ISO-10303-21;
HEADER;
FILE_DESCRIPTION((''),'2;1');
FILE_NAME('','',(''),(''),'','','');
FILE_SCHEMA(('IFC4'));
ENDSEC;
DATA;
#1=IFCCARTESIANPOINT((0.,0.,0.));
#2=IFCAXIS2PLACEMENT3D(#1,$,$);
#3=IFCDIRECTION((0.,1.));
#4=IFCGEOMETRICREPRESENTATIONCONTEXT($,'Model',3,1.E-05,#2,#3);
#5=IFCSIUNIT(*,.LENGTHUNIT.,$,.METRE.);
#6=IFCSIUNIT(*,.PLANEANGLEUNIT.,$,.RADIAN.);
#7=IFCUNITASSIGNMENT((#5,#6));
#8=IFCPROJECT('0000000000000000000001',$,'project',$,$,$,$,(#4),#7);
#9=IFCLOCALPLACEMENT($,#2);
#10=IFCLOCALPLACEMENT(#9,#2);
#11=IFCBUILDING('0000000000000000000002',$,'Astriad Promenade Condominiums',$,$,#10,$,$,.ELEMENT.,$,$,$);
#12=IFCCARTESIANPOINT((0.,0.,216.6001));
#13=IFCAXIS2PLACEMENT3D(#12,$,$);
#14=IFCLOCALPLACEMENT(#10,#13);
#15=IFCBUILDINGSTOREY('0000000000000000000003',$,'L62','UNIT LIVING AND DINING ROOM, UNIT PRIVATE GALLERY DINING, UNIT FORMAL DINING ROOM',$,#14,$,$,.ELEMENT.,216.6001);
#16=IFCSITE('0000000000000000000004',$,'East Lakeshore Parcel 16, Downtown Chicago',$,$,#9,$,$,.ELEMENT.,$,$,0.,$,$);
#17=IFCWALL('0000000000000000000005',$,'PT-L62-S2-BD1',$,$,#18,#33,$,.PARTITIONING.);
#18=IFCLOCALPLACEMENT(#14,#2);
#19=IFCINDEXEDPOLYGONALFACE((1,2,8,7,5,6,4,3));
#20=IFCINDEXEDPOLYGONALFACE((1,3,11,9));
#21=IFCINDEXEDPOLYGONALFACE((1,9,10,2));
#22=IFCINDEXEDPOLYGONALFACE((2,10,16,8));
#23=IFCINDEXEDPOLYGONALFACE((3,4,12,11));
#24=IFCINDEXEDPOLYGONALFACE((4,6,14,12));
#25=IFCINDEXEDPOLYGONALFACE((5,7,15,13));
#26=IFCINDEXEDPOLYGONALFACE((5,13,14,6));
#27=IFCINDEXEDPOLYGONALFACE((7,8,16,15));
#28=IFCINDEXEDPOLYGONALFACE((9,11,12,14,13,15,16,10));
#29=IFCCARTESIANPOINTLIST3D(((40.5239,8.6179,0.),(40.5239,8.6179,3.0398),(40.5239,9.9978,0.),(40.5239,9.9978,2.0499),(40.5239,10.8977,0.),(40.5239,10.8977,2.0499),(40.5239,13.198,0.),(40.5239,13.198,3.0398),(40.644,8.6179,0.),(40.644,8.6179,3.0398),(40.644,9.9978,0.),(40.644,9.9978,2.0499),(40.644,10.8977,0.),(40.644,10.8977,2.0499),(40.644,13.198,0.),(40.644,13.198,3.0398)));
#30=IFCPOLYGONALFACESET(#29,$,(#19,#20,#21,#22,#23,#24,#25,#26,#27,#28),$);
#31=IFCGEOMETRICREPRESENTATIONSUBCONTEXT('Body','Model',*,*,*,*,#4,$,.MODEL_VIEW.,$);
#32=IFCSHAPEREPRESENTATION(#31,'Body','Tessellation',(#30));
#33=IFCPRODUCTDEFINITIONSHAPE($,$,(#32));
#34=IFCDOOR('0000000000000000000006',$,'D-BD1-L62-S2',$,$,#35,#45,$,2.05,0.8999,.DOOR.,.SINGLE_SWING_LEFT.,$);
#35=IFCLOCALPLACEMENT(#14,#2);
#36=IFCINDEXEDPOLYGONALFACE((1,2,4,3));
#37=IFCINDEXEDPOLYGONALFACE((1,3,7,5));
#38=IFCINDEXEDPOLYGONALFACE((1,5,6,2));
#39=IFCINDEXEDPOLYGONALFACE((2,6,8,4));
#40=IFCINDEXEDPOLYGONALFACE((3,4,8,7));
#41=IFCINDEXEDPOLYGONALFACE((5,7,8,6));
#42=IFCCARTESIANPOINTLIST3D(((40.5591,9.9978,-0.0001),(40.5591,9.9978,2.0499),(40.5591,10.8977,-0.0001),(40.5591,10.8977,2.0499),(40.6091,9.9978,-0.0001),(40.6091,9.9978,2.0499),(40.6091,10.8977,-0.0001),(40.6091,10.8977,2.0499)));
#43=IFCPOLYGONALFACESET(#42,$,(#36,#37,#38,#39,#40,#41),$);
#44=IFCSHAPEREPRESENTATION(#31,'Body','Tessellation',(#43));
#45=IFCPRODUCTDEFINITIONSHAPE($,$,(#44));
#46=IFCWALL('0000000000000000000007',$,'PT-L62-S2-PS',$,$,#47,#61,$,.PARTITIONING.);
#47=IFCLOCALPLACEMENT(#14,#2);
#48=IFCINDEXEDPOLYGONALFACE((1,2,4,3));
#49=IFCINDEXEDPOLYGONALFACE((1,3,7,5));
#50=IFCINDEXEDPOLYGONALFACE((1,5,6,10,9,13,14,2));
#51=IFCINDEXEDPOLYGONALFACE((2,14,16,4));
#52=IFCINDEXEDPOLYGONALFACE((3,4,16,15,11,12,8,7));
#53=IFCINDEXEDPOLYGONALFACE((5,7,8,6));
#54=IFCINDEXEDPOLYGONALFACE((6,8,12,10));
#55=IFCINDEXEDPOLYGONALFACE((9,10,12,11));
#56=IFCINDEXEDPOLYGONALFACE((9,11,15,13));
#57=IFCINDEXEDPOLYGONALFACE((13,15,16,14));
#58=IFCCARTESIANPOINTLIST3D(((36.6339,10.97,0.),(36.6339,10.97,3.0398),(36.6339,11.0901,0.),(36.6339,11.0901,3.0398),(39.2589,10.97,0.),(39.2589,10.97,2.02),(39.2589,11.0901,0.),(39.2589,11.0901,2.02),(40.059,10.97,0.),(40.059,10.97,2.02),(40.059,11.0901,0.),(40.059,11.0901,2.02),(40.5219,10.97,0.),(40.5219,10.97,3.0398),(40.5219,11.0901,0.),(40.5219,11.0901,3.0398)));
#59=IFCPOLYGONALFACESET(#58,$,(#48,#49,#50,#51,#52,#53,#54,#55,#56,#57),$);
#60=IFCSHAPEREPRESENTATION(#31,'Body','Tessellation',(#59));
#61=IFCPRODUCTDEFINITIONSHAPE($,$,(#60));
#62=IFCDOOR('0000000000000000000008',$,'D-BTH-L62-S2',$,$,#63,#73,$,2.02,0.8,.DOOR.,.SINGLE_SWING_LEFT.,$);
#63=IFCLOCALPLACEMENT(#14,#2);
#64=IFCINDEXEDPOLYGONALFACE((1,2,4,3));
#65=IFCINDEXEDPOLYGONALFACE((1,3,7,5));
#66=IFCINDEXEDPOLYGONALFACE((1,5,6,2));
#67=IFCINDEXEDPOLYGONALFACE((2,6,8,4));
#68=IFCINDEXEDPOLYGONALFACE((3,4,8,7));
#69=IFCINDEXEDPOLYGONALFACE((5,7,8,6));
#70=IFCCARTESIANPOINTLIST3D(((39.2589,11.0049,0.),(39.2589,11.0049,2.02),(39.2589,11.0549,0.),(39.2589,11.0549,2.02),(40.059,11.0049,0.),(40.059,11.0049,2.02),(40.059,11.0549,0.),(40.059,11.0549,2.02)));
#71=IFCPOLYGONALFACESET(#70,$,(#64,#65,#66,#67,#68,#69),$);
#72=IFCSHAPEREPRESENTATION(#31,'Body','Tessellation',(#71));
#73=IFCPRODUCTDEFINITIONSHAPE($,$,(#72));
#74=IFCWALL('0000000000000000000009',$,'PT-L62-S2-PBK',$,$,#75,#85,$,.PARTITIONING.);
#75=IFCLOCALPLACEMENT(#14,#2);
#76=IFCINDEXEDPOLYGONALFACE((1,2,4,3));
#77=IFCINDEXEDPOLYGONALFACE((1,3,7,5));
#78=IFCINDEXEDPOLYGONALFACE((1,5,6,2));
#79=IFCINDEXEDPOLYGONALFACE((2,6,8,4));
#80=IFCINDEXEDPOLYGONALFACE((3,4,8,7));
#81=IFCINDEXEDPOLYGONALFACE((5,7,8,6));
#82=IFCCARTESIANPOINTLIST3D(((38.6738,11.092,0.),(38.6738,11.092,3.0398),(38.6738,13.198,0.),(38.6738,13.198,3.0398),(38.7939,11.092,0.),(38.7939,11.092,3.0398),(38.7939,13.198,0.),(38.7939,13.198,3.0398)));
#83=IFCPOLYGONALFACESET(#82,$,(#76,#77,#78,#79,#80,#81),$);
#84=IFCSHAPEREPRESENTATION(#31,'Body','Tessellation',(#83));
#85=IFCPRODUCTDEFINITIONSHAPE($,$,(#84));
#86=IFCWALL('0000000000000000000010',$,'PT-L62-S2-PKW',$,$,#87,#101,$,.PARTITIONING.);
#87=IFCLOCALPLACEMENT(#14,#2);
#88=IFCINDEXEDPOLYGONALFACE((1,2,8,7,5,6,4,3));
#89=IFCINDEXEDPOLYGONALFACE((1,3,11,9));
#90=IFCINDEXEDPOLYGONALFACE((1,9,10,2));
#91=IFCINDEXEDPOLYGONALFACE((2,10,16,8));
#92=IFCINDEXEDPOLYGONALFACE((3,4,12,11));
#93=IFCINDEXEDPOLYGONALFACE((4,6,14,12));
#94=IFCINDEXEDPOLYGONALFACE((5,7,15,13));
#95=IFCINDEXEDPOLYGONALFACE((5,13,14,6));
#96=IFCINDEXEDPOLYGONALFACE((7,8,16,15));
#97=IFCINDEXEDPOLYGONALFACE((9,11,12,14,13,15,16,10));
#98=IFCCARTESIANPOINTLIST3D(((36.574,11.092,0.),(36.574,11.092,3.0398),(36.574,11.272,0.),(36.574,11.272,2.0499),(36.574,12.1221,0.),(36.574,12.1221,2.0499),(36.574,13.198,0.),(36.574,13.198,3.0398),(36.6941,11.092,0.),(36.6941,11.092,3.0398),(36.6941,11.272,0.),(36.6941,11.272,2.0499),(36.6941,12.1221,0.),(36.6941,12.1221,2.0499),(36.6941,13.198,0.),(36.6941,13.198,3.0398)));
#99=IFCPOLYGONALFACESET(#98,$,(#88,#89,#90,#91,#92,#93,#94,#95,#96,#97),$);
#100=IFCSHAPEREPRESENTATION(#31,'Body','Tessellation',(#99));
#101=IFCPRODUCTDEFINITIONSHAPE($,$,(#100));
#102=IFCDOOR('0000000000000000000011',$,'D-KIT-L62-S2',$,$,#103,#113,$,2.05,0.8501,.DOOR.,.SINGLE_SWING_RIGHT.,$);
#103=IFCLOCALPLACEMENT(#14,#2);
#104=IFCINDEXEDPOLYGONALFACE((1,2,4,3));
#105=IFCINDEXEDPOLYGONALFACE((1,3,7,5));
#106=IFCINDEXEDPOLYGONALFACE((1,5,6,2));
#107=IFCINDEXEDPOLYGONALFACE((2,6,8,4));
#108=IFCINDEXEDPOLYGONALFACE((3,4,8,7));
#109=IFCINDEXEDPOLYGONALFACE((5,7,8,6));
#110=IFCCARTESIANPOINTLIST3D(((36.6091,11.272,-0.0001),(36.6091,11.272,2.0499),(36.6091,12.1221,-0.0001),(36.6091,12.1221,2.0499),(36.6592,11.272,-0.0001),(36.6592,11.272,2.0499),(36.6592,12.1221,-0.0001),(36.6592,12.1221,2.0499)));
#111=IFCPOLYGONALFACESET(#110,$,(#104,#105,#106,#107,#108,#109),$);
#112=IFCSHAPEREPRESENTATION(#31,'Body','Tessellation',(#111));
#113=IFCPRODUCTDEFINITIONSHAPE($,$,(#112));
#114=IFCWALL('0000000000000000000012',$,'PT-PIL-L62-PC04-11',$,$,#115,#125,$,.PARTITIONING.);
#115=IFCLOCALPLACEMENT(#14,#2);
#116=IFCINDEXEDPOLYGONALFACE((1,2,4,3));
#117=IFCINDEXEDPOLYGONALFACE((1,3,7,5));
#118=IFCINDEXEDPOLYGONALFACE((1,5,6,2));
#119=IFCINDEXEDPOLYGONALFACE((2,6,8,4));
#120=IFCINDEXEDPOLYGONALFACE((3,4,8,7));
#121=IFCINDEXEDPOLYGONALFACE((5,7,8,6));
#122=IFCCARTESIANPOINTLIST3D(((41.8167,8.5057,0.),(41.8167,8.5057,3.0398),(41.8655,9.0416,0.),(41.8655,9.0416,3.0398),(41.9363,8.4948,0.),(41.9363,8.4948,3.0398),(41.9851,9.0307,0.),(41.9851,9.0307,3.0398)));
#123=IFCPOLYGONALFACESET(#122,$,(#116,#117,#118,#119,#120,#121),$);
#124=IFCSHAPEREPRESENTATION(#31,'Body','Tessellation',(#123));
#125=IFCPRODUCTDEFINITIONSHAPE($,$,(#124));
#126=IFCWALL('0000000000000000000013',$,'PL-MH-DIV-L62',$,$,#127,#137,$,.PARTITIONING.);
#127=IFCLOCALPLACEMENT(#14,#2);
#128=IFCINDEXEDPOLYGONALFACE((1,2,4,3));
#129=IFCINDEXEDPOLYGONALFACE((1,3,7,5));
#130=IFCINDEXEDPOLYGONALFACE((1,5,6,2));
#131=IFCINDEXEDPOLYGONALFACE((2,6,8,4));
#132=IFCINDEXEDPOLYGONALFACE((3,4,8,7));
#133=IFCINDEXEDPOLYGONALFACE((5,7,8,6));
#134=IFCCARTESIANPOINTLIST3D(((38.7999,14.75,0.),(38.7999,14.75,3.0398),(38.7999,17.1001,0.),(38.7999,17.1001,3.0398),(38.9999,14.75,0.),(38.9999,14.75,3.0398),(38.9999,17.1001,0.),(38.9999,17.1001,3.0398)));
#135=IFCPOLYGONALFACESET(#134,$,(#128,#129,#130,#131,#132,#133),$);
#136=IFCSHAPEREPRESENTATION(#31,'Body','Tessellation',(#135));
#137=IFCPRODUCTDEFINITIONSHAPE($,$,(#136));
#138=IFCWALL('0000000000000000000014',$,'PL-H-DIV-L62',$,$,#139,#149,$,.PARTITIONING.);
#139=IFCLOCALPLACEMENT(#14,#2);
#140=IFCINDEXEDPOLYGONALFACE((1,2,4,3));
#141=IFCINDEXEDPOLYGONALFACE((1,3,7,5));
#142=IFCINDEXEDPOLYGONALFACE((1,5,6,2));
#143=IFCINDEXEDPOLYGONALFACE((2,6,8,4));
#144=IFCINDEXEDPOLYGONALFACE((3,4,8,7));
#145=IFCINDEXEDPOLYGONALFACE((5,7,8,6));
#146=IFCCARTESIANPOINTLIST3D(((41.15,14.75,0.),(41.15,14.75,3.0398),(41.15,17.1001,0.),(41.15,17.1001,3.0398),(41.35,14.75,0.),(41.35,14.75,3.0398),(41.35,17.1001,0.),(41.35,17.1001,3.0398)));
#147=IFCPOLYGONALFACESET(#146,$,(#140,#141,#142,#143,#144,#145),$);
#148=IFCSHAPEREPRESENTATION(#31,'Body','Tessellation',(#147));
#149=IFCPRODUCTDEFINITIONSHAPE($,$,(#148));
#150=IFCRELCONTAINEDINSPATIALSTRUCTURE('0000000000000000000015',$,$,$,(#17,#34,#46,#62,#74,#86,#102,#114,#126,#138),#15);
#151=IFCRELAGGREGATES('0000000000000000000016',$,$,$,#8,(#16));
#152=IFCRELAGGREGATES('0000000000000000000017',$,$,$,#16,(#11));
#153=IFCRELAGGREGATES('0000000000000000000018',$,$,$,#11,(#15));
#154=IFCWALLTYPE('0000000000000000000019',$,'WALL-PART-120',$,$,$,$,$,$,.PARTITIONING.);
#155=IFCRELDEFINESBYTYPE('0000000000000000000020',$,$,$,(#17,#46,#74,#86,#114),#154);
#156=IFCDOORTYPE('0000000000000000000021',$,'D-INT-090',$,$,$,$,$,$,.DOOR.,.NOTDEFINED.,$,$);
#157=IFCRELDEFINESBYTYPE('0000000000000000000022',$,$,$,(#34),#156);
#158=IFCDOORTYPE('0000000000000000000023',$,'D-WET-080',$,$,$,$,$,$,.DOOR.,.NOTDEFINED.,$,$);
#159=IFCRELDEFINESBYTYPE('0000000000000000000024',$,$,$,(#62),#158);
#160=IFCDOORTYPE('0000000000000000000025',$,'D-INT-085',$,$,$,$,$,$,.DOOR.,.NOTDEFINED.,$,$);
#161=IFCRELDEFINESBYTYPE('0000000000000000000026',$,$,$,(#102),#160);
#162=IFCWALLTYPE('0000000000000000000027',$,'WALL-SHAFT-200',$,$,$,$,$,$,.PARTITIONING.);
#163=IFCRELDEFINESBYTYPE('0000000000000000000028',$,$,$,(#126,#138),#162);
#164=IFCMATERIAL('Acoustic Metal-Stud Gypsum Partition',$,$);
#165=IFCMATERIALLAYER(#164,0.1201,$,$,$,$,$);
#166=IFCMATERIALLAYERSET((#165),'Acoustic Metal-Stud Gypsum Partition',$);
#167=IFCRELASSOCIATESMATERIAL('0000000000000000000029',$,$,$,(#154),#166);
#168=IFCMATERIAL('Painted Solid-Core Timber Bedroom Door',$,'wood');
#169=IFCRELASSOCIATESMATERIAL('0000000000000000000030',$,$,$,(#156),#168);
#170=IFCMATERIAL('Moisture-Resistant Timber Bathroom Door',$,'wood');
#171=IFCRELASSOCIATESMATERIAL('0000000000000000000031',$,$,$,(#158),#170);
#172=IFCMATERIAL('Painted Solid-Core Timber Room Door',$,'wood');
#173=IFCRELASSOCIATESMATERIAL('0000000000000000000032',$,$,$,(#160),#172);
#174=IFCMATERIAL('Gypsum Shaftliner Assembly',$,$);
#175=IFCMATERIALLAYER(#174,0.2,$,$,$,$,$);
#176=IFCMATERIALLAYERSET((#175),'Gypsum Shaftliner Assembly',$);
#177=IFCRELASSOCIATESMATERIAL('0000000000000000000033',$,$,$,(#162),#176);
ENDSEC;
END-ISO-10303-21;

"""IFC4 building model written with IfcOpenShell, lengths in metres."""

from ifc_helpers import new_model, si_unit, direction, frame, frame_2d, origin, place, context, subcontext, project, spatial, rectangle, extrude, source, transform, mapped, material, layer, layer_set, type_object, type_shapes, element, fill, save


model = new_model("IFC4")

# Units and contexts
model_context = context("Model", 3, precision=1e-05, world=origin(), true_north=direction((0.0, 1.0)))
body_context = subcontext(model_context, "Body", "Model", "MODEL_VIEW")
ifc_project = project(units=[si_unit("LENGTHUNIT", "METRE"), si_unit("PLANEANGLEUNIT", "RADIAN")], contexts=[model_context])

# Site, building, storey
site_placement = place(None, origin())
site = spatial("IfcSite", under=ifc_project, at=site_placement, Name="East Lakeshore Parcel 16, Downtown Chicago", CompositionType="ELEMENT", RefElevation=0.0)
building_placement = place(site_placement, origin())
building = spatial("IfcBuilding", under=site, at=building_placement, Name="Astriad Promenade Condominiums", CompositionType="ELEMENT")
storey_placement = place(building_placement, frame((0.0, 0.0, 216.6001)))
storey = spatial("IfcBuildingStorey", under=building, at=storey_placement, Name="L62", Description="UNIT LIVING AND DINING ROOM, UNIT PRIVATE GALLERY DINING, UNIT FORMAL DINING ROOM", CompositionType="ELEMENT", Elevation=216.6001)

# Walls, openings, doors
ifc_material_1 = material(Name="Acoustic Metal-Stud Gypsum Partition")
ifc_layer_1 = layer(ifc_material_1, 0.1201)
ifc_layer_set_1 = layer_set([ifc_layer_1], Name="Acoustic Metal-Stud Gypsum Partition")
wall_type_1 = type_object("IfcWallType", Name="WALL-PART-120", PredefinedType="PARTITIONING", material=ifc_layer_set_1)
wall_1_placement = place(storey_placement, frame((40.584, 8.6179, 0.0), z_axis=(0.0, 0.0, 1.0), x_axis=(0.0, 1.0, 0.0)))
wall_1 = element("IfcWall", 1, at=wall_1_placement, inside=storey, type_object=wall_type_1, Name="PT-L62-S2-BD1", PredefinedType="PARTITIONING", context=body_context, shape_type="SweptSolid", body=[
    extrude(rectangle(XDim=4.5801, YDim=0.1201, at=frame_2d((2.29, 0.0))), origin(), (0.0, 0.0, 1.0), 3.0398),
])
opening_1_placement = place(wall_1_placement, frame((1.3799, 0.0, 0.0)))
opening_1 = element("IfcOpeningElement", 2, at=opening_1_placement, cuts=wall_1, PredefinedType="OPENING", context=body_context, shape_type="SweptSolid", body=[
    extrude(rectangle(XDim=0.8999, YDim=2.05, at=frame_2d((0.45, 1.0249))), frame((0.0, 0.0701, 0.0), z_axis=(0.0, -1.0, 0.0), x_axis=(1.0, 0.0, 0.0)), (0.0, 0.0, 1.0), 0.1401),
])
ifc_material_2 = material(Name="Painted Solid-Core Timber Bedroom Door", Category="wood")
door_type_1 = type_object("IfcDoorType", Name="D-INT-090", OperationType="NOTDEFINED", PredefinedType="DOOR", material=ifc_material_2)
shared_shape_1 = source(origin(), body_context, "Body", "SweptSolid", [
    extrude(rectangle(XDim=0.8999, YDim=2.05, at=frame_2d((0.45, 1.0249))), frame((0.0, 0.0249, 0.0), z_axis=(0.0, -1.0, 0.0), x_axis=(1.0, 0.0, 0.0)), (0.0, 0.0, 1.0), 0.05),
])
type_shapes(door_type_1, [shared_shape_1])
door_1_placement = place(opening_1_placement, origin())
door_1 = element("IfcDoor", 3, at=door_1_placement, inside=storey, type_object=door_type_1, Name="D-BD1-L62-S2", OperationType="SINGLE_SWING_LEFT", OverallHeight=2.05, OverallWidth=0.8999, PredefinedType="DOOR", context=body_context, shape_type="MappedRepresentation", body=[
    mapped(shared_shape_1, transform((0.0, 0.0, 0.0), scale=1.0)),
])
fill(opening_1, door_1)
wall_2_placement = place(storey_placement, frame((36.634, 11.03, 0.0), z_axis=(0.0, 0.0, 1.0), x_axis=(1.0, 0.0, 0.0)))
wall_2 = element("IfcWall", 4, at=wall_2_placement, inside=storey, type_object=wall_type_1, Name="PT-L62-S2-PS", PredefinedType="PARTITIONING", context=body_context, shape_type="SweptSolid", body=[
    extrude(rectangle(XDim=3.8879, YDim=0.1201, at=frame_2d((1.9438, 0.0))), origin(), (0.0, 0.0, 1.0), 3.0398),
])
opening_2_placement = place(wall_2_placement, frame((2.625, 0.0, 0.0)))
opening_2 = element("IfcOpeningElement", 5, at=opening_2_placement, cuts=wall_2, PredefinedType="OPENING", context=body_context, shape_type="SweptSolid", body=[
    extrude(rectangle(XDim=0.8, YDim=2.02, at=frame_2d((0.3999, 1.01))), frame((0.0, 0.0701, 0.0), z_axis=(0.0, -1.0, 0.0), x_axis=(1.0, 0.0, 0.0)), (0.0, 0.0, 1.0), 0.1401),
])
ifc_material_3 = material(Name="Moisture-Resistant Timber Bathroom Door", Category="wood")
door_type_2 = type_object("IfcDoorType", Name="D-WET-080", OperationType="NOTDEFINED", PredefinedType="DOOR", material=ifc_material_3)
shared_shape_2 = source(origin(), body_context, "Body", "SweptSolid", [
    extrude(rectangle(XDim=0.8, YDim=2.02, at=frame_2d((0.3999, 1.01))), frame((0.0, 0.0249, 0.0), z_axis=(0.0, -1.0, 0.0), x_axis=(1.0, 0.0, 0.0)), (0.0, 0.0, 1.0), 0.05),
])
type_shapes(door_type_2, [shared_shape_2])
door_2_placement = place(opening_2_placement, origin())
door_2 = element("IfcDoor", 6, at=door_2_placement, inside=storey, type_object=door_type_2, Name="D-BTH-L62-S2", OperationType="SINGLE_SWING_LEFT", OverallHeight=2.02, OverallWidth=0.8, PredefinedType="DOOR", context=body_context, shape_type="MappedRepresentation", body=[
    mapped(shared_shape_2, transform((0.0, 0.0, 0.0), scale=1.0)),
])
fill(opening_2, door_2)

# Wall
wall_3_placement = place(storey_placement, frame((38.7339, 11.092, 0.0), z_axis=(0.0, 0.0, 1.0), x_axis=(0.0, 1.0, 0.0)))
element("IfcWall", 7, at=wall_3_placement, inside=storey, type_object=wall_type_1, Name="PT-L62-S2-PBK", PredefinedType="PARTITIONING", context=body_context, shape_type="SweptSolid", body=[
    extrude(rectangle(XDim=2.106, YDim=0.1201, at=frame_2d((1.053, 0.0))), origin(), (0.0, 0.0, 1.0), 3.0398),
])

# Wall, opening, door
wall_4_placement = place(storey_placement, frame((36.634, 11.092, 0.0), z_axis=(0.0, 0.0, 1.0), x_axis=(0.0, 1.0, 0.0)))
wall_4 = element("IfcWall", 8, at=wall_4_placement, inside=storey, type_object=wall_type_1, Name="PT-L62-S2-PKW", PredefinedType="PARTITIONING", context=body_context, shape_type="SweptSolid", body=[
    extrude(rectangle(XDim=2.106, YDim=0.1201, at=frame_2d((1.053, 0.0))), origin(), (0.0, 0.0, 1.0), 3.0398),
])
opening_3_placement = place(wall_4_placement, frame((0.1799, 0.0, 0.0)))
opening_3 = element("IfcOpeningElement", 9, at=opening_3_placement, cuts=wall_4, PredefinedType="OPENING", context=body_context, shape_type="SweptSolid", body=[
    extrude(rectangle(XDim=0.8501, YDim=2.05, at=frame_2d((0.425, 1.0249))), frame((0.0, 0.0701, 0.0), z_axis=(0.0, -1.0, 0.0), x_axis=(1.0, 0.0, 0.0)), (0.0, 0.0, 1.0), 0.1401),
])
ifc_material_4 = material(Name="Painted Solid-Core Timber Room Door", Category="wood")
door_type_3 = type_object("IfcDoorType", Name="D-INT-085", OperationType="NOTDEFINED", PredefinedType="DOOR", material=ifc_material_4)
shared_shape_3 = source(origin(), body_context, "Body", "SweptSolid", [
    extrude(rectangle(XDim=0.8501, YDim=2.05, at=frame_2d((0.425, 1.0249))), frame((0.0, 0.0249, 0.0), z_axis=(0.0, -1.0, 0.0), x_axis=(1.0, 0.0, 0.0)), (0.0, 0.0, 1.0), 0.05),
])
type_shapes(door_type_3, [shared_shape_3])
door_3_placement = place(opening_3_placement, origin())
door_3 = element("IfcDoor", 10, at=door_3_placement, inside=storey, type_object=door_type_3, Name="D-KIT-L62-S2", OperationType="SINGLE_SWING_RIGHT", OverallHeight=2.05, OverallWidth=0.8501, PredefinedType="DOOR", context=body_context, shape_type="MappedRepresentation", body=[
    mapped(shared_shape_3, transform((0.0, 0.0, 0.0), scale=1.0)),
])
fill(opening_3, door_3)

# Walls
wall_5_placement = place(storey_placement, frame((41.9253, 9.0361, 0.0), z_axis=(0.0, 0.0, 1.0), x_axis=(-0.09074, -0.995875, 0.0)))
element("IfcWall", 11, at=wall_5_placement, inside=storey, type_object=wall_type_1, Name="PT-PIL-L62-PC04-11", PredefinedType="PARTITIONING", context=body_context, shape_type="SweptSolid", body=[
    extrude(rectangle(XDim=0.5381, YDim=0.1201, at=frame_2d((0.269, 0.0))), origin(), (0.0, 0.0, 1.0), 3.0398),
])
ifc_material_5 = material(Name="Gypsum Shaftliner Assembly")
ifc_layer_2 = layer(ifc_material_5, 0.2)
ifc_layer_set_2 = layer_set([ifc_layer_2], Name="Gypsum Shaftliner Assembly")
wall_type_2 = type_object("IfcWallType", Name="WALL-SHAFT-200", PredefinedType="PARTITIONING", material=ifc_layer_set_2)
for number, where, z_axis, x_axis, name in (
    (12, (38.8999, 14.75, 0.0), (0.0, 0.0, 1.0), (0.0, 1.0, 0.0), "PL-MH-DIV-L62"),
    (13, (41.25, 14.75, 0.0), (0.0, 0.0, 1.0), (0.0, 1.0, 0.0), "PL-H-DIV-L62"),
):
    element("IfcWall", number, at=place(storey_placement, frame(where, z_axis=z_axis, x_axis=x_axis)), inside=storey, type_object=wall_type_2, Name=name, PredefinedType="PARTITIONING", context=body_context, shape_type="SweptSolid", body=[
        extrude(rectangle(XDim=2.3501, YDim=0.2, at=frame_2d((1.175, 0.0))), origin(), (0.0, 0.0, 1.0), 3.0398),
    ])

save(model, "model.ifc")
